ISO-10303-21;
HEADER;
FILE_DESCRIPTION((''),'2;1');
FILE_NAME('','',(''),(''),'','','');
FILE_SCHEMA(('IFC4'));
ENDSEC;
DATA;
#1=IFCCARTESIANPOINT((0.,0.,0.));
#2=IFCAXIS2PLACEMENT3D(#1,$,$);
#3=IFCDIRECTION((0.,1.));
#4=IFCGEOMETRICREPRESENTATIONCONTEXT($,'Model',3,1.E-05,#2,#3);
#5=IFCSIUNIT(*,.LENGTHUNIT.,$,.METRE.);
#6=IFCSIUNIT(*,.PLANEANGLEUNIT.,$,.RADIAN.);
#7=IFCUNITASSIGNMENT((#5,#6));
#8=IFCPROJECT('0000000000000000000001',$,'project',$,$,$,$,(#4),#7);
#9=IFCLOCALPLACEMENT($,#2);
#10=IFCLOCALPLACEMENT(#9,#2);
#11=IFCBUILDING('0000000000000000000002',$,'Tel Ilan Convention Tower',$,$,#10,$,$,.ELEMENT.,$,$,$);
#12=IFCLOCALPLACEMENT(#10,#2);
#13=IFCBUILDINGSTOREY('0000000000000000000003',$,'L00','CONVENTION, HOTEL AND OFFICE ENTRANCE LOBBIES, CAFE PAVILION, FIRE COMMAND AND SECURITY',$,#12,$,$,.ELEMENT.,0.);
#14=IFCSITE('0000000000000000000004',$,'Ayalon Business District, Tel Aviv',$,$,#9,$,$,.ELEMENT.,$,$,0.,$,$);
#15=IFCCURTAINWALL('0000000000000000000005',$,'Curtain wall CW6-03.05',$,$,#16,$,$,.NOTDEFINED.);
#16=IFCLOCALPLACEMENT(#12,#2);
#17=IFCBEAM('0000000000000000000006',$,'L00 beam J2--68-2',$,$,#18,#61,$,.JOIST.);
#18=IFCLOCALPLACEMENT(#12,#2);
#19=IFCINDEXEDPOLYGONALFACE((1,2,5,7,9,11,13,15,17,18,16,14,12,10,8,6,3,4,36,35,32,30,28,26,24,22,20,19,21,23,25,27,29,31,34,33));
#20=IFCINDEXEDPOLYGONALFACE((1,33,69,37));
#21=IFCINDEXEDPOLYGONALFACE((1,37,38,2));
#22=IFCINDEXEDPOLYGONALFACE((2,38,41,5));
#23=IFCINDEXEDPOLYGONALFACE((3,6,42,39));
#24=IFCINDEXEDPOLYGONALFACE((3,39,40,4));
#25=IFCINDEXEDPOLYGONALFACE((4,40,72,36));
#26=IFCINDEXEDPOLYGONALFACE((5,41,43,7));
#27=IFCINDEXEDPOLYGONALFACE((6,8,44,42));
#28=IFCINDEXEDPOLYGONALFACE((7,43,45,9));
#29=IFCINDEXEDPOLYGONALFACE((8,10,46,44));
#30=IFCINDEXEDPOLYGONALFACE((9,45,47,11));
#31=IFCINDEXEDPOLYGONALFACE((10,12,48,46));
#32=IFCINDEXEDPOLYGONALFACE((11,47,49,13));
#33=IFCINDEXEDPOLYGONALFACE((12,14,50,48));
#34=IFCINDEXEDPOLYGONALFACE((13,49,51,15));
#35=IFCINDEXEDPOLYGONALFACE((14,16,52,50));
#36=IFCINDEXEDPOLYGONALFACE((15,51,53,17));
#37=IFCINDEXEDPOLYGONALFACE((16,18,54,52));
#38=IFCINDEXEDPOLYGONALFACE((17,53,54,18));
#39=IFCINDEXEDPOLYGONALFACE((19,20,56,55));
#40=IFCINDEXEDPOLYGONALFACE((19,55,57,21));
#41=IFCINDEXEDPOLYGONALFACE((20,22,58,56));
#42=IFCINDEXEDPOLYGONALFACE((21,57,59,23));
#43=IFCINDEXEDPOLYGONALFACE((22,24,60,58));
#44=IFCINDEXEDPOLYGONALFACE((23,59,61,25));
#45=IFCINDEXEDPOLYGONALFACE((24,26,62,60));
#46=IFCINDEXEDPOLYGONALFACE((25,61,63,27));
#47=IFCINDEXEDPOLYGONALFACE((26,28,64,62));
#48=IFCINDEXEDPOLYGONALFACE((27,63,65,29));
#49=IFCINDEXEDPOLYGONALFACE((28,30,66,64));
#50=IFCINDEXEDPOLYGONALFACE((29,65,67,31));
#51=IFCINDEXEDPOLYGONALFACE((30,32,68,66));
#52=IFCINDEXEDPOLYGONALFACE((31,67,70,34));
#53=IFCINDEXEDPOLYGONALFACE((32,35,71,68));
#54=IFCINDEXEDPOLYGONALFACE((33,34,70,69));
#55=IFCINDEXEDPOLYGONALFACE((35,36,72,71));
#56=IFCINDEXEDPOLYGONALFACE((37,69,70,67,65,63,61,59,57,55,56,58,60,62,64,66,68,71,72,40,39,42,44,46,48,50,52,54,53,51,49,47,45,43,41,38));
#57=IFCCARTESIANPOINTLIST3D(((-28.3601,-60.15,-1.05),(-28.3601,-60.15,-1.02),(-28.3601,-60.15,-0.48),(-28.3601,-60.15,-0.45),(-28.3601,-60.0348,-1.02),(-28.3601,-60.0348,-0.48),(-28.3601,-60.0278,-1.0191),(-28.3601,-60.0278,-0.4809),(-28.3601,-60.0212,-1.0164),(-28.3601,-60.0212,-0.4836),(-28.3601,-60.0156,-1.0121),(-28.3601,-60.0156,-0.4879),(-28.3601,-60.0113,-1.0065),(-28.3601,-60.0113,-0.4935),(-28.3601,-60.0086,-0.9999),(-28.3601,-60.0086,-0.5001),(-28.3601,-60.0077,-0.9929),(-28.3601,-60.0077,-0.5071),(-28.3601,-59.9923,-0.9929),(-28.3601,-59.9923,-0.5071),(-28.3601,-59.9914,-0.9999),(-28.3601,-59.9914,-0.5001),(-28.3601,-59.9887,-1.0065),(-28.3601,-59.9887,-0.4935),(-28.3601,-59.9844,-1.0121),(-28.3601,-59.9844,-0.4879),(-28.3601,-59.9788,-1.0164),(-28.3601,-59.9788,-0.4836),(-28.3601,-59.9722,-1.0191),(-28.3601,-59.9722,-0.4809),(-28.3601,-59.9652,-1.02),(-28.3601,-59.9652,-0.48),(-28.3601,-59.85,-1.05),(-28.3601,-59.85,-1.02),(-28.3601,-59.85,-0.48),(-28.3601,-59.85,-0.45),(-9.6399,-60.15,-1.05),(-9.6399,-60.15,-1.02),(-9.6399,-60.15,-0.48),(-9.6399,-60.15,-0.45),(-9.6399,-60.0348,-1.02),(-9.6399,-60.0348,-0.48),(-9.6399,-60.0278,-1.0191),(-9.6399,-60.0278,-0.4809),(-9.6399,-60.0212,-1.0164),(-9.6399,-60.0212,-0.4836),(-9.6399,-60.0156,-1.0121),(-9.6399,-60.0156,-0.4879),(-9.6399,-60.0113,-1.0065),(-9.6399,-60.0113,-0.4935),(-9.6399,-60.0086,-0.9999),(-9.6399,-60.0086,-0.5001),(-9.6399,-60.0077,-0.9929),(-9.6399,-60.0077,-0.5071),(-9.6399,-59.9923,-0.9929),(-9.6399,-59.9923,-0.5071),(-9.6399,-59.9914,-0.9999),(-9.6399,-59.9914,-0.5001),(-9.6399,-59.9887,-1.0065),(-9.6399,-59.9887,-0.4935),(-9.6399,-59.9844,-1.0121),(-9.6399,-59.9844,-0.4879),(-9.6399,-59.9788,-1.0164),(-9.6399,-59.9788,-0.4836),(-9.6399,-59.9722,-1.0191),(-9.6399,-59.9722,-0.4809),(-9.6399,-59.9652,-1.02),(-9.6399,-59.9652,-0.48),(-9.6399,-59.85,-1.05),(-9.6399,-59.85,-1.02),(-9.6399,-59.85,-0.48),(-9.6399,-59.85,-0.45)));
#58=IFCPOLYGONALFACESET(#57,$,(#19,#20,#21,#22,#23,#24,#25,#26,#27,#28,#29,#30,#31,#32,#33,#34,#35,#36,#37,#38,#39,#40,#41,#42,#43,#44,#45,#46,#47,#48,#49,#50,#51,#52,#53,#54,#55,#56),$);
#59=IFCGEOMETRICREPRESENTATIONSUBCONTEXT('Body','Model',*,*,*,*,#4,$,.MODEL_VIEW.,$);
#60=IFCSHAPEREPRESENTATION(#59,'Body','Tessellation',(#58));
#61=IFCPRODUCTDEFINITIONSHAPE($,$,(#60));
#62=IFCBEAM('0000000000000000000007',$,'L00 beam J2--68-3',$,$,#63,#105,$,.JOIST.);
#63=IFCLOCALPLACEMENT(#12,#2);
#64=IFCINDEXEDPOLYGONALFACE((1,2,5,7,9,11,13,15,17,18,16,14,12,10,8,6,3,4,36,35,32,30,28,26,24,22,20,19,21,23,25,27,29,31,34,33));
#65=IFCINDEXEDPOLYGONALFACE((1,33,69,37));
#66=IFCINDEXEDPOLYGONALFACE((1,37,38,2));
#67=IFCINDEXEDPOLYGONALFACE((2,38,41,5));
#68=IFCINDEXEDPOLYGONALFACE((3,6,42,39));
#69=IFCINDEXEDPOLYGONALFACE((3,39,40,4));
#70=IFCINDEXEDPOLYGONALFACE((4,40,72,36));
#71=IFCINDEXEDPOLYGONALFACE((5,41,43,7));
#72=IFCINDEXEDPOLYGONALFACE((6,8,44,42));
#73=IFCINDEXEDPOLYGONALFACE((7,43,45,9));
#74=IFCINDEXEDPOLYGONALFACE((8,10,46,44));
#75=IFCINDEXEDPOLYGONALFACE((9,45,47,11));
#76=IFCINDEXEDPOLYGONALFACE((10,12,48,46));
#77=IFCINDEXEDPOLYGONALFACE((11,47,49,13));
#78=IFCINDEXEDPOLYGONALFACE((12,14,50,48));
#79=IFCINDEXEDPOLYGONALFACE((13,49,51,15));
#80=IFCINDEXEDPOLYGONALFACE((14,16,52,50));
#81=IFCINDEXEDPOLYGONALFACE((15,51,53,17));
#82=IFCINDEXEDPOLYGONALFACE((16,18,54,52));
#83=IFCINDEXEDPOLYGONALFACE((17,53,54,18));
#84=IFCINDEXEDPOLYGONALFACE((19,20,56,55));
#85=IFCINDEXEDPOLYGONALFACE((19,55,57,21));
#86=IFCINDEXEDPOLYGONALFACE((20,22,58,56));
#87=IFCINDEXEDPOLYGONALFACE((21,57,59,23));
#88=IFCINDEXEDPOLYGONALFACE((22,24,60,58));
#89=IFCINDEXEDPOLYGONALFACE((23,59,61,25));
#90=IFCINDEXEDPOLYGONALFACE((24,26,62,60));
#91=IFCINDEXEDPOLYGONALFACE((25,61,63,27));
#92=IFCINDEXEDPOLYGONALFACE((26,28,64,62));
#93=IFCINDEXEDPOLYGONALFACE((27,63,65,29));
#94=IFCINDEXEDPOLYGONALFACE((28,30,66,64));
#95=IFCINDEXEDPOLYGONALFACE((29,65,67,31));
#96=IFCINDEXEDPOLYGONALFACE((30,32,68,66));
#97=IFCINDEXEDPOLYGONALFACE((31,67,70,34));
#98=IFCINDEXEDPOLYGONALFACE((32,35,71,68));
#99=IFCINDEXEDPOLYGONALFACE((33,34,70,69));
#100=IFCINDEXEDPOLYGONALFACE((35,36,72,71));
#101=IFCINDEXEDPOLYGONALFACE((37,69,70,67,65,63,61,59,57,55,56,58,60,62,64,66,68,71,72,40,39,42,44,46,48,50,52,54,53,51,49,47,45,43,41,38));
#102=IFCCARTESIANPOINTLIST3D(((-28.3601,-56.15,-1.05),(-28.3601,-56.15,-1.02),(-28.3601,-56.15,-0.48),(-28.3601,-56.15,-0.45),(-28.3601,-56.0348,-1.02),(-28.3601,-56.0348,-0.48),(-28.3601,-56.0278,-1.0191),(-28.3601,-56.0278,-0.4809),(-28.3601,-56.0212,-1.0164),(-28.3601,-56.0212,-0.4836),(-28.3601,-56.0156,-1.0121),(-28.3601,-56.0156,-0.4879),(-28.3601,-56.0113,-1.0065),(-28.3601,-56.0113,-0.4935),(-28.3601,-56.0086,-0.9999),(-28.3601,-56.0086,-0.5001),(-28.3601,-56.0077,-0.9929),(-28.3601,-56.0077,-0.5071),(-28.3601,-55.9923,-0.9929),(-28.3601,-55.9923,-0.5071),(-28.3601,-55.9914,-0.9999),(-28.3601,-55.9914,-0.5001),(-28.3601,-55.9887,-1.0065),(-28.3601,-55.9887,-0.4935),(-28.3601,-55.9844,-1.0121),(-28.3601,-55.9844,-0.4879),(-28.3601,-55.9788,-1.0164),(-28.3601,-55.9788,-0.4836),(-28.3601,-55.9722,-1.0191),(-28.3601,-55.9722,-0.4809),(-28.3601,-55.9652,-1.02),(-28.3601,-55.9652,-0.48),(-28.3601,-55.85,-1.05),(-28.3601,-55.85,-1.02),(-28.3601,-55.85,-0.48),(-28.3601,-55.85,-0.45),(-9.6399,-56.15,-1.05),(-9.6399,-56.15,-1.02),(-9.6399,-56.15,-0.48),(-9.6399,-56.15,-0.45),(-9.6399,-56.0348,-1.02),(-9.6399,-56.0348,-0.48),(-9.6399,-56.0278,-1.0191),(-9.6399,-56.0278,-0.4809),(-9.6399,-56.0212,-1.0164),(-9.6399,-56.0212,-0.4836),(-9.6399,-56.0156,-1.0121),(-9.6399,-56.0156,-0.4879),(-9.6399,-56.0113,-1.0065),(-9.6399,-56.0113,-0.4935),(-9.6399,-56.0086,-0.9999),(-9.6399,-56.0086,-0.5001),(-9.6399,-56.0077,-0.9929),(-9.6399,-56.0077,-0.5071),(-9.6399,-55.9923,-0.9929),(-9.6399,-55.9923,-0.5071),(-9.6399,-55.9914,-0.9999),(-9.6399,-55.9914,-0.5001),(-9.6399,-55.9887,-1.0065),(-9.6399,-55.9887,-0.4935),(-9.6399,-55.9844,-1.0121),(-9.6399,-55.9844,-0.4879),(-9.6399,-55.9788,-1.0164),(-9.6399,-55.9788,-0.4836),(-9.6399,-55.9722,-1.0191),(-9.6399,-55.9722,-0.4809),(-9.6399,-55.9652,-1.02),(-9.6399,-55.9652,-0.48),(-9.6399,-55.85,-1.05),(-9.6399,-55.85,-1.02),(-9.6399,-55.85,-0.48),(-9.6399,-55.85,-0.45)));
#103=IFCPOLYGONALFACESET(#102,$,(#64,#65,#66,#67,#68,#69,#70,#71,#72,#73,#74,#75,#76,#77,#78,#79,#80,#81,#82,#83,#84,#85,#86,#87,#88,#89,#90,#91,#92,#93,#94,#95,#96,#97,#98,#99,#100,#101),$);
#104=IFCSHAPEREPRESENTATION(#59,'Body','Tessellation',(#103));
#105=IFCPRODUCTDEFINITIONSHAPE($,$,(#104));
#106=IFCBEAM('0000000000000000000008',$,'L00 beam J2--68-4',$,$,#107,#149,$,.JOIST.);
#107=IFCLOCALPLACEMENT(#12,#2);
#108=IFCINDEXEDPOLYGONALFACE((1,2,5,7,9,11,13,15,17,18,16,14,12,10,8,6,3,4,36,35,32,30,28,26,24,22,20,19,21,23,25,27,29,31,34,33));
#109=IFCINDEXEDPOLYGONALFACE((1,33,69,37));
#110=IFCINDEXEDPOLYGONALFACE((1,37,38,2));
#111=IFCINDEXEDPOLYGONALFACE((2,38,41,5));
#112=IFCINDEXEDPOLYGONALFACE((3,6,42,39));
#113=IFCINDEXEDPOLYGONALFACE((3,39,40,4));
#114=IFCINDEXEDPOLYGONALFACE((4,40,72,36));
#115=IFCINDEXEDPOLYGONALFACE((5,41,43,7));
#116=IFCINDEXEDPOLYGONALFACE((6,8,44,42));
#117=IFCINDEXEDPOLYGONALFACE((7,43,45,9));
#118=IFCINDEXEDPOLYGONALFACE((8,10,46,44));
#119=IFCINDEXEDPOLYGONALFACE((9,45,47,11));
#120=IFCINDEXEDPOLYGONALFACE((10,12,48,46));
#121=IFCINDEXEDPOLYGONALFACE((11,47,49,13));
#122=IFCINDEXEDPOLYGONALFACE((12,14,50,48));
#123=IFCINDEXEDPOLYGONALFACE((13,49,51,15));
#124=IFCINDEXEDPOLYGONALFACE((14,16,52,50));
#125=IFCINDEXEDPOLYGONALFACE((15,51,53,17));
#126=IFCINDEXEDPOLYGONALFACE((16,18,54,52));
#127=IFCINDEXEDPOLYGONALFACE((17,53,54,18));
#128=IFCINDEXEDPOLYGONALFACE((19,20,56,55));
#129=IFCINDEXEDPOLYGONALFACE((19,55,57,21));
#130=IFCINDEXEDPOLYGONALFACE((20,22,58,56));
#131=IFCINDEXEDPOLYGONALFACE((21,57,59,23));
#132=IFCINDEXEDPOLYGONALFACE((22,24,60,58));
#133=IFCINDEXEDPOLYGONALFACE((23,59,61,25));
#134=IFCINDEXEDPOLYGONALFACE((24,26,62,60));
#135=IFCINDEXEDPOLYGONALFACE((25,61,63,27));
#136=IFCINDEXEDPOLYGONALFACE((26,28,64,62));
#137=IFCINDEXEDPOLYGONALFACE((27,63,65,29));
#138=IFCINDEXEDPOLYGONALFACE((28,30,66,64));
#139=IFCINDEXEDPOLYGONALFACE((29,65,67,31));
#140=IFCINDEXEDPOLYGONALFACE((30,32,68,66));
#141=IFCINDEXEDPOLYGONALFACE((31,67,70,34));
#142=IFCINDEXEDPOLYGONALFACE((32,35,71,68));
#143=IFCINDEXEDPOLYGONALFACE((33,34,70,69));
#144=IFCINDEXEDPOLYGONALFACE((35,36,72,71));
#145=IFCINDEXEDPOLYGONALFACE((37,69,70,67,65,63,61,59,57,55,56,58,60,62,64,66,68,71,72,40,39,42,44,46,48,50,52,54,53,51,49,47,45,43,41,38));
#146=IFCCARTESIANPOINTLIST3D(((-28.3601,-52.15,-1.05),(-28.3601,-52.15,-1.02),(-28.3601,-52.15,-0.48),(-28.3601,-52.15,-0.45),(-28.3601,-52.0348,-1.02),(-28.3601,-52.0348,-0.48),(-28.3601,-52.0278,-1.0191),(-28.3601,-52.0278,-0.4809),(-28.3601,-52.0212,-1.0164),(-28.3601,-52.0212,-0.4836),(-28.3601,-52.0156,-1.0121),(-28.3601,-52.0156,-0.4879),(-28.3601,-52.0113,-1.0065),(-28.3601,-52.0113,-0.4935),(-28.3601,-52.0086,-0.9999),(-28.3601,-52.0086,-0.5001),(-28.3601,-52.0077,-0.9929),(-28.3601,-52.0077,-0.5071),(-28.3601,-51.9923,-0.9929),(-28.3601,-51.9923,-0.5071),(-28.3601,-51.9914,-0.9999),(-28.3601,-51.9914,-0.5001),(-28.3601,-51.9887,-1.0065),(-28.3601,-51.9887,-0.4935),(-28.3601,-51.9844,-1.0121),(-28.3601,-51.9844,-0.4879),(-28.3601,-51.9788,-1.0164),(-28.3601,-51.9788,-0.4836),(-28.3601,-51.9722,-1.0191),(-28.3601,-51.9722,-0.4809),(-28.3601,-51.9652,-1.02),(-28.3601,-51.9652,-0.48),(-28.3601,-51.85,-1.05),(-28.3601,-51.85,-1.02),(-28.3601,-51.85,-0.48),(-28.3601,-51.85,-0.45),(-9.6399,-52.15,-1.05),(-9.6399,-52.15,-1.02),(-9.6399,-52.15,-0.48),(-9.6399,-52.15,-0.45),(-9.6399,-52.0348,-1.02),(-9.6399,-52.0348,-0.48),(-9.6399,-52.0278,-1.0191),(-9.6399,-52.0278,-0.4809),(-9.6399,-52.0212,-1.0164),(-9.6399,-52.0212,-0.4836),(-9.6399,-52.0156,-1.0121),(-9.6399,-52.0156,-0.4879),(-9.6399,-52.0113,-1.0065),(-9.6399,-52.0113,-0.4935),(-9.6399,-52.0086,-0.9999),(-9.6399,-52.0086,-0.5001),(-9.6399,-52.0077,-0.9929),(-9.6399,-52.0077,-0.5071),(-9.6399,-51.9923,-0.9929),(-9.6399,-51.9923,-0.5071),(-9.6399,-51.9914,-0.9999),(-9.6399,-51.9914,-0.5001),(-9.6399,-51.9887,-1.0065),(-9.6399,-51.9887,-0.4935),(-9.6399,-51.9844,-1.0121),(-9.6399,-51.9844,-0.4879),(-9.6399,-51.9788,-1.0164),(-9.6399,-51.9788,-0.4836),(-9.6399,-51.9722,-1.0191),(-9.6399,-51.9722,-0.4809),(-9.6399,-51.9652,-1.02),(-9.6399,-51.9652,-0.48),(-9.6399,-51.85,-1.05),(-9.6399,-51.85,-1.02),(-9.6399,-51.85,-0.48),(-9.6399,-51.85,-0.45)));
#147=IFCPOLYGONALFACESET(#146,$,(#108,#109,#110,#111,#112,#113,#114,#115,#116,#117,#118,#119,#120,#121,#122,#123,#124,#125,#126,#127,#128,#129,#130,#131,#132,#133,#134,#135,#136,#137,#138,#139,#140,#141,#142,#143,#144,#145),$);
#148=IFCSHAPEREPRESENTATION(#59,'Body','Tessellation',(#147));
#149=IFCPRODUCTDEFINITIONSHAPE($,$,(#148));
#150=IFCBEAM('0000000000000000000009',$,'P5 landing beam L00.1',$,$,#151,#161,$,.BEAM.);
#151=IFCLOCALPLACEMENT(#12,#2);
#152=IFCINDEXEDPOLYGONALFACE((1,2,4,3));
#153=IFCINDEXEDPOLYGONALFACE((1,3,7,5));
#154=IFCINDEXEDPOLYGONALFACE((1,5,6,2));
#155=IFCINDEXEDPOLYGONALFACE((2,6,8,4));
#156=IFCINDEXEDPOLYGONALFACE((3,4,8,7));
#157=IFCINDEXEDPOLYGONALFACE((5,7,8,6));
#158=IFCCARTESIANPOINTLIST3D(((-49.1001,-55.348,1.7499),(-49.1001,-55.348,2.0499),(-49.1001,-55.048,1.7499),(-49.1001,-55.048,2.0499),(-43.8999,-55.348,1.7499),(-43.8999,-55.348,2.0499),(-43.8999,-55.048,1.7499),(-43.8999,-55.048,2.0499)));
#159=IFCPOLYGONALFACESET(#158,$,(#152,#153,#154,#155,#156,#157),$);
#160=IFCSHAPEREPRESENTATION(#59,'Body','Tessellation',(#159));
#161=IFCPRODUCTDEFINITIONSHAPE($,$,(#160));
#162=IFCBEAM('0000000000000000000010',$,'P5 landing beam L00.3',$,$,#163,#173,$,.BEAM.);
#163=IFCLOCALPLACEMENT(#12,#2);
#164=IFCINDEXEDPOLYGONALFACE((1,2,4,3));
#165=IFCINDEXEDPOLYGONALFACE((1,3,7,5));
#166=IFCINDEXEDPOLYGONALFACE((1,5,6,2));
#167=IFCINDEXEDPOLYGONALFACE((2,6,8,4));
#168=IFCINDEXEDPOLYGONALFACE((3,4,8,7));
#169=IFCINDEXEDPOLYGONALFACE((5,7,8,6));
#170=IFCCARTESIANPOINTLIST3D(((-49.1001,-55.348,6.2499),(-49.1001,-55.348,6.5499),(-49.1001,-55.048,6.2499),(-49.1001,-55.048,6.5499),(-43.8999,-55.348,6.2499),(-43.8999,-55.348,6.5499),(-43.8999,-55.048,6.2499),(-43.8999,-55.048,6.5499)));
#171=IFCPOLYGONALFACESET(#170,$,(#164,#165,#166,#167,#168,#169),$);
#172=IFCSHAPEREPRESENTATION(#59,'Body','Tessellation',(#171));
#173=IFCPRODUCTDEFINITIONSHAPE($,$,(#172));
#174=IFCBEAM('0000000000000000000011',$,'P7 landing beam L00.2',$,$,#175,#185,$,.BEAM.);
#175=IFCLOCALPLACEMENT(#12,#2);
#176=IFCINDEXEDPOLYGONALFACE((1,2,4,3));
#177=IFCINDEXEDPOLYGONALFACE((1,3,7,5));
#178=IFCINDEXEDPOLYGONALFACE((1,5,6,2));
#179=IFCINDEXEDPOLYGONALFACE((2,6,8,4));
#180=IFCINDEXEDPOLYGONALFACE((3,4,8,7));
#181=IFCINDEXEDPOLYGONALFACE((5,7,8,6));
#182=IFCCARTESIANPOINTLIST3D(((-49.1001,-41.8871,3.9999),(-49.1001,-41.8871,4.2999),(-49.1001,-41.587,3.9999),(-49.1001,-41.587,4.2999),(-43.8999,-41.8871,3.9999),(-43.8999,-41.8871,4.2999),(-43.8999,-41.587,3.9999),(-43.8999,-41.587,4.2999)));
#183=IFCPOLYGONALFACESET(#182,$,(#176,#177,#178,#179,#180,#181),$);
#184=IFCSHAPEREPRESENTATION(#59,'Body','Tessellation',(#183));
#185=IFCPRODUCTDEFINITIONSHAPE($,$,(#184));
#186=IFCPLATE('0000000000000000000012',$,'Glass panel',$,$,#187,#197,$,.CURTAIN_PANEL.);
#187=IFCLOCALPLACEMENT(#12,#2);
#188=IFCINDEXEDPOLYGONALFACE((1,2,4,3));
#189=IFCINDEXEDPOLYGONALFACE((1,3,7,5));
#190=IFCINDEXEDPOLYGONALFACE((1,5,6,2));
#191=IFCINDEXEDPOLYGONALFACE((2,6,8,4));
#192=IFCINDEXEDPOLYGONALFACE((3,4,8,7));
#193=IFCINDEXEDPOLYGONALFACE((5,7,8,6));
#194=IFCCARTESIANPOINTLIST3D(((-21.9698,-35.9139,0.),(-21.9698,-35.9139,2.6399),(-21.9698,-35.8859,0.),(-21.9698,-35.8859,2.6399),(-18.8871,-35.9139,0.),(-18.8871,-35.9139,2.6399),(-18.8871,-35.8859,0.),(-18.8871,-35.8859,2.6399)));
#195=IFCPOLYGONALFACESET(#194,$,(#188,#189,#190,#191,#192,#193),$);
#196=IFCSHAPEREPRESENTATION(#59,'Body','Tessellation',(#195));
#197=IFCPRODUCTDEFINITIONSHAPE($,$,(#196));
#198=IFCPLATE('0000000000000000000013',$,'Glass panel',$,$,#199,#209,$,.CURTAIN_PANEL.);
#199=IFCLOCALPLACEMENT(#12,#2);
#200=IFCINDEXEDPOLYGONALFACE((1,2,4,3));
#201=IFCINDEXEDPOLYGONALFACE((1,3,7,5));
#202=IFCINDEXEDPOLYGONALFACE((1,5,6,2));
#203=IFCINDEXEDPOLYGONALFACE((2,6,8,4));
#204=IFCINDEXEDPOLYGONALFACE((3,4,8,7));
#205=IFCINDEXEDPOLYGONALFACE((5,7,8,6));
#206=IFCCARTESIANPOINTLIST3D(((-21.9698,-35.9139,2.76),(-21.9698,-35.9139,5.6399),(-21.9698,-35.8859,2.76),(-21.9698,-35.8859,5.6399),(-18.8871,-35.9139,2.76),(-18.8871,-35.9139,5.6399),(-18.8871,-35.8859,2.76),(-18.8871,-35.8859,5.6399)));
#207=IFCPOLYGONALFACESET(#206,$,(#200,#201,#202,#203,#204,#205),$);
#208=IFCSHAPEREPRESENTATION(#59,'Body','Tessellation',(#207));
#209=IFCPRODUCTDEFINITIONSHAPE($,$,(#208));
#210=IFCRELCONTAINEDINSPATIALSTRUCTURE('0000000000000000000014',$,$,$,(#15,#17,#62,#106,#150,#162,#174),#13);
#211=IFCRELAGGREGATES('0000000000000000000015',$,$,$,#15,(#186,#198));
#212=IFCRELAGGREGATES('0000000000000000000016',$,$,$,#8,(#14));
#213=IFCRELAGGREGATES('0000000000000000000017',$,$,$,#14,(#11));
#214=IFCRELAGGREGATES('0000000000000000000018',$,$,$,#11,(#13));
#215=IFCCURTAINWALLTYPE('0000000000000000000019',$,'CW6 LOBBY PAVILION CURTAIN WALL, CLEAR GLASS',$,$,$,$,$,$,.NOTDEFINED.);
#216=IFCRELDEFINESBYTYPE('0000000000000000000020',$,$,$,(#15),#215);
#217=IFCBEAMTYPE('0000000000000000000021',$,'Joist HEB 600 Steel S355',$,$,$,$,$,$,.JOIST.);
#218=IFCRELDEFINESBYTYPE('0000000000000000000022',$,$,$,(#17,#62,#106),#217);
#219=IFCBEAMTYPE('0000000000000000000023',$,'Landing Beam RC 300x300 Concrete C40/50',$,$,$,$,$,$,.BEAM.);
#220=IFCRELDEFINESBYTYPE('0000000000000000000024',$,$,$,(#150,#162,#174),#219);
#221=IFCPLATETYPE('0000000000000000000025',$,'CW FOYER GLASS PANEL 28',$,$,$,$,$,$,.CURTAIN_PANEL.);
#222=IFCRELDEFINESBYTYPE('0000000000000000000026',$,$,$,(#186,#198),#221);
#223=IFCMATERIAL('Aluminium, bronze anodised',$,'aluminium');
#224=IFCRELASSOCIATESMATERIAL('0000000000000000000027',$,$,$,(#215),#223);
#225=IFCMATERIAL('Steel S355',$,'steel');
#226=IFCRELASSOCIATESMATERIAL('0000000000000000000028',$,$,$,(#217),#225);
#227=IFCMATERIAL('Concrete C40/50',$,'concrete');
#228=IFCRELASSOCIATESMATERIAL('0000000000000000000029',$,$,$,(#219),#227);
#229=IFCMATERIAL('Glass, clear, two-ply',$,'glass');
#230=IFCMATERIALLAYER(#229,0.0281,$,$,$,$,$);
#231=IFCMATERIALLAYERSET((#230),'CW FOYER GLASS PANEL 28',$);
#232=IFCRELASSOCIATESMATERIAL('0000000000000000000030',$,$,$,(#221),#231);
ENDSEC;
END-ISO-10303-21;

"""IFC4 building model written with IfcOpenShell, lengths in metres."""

from ifc_helpers import new_model, si_unit, direction, frame, origin, origin_2d, place, context, subcontext, project, spatial, rectangle, i_section, extrude, material, layer, layer_set, material_profile, profile_set, type_object, element, aggregate, save


model = new_model("IFC4")

# Units and contexts
model_context = context("Model", 3, precision=1e-05, world=origin(), true_north=direction((0.0, 1.0)))
body_context = subcontext(model_context, "Body", "Model", "MODEL_VIEW")
ifc_project = project(units=[si_unit("LENGTHUNIT", "METRE"), si_unit("PLANEANGLEUNIT", "RADIAN")], contexts=[model_context])

# Site, building, storey
site_placement = place(None, origin())
site = spatial("IfcSite", under=ifc_project, at=site_placement, Name="Ayalon Business District, Tel Aviv", CompositionType="ELEMENT", RefElevation=0.0)
building_placement = place(site_placement, origin())
building = spatial("IfcBuilding", under=site, at=building_placement, Name="Tel Ilan Convention Tower", CompositionType="ELEMENT")
storey_placement = place(building_placement, origin())
storey = spatial("IfcBuildingStorey", under=building, at=storey_placement, Name="L00", Description="CONVENTION, HOTEL AND OFFICE ENTRANCE LOBBIES, CAFE PAVILION, FIRE COMMAND AND SECURITY", CompositionType="ELEMENT", Elevation=0.0)

# Curtain wall
ifc_material_1 = material(Name="Aluminium, bronze anodised", Category="aluminium")
curtain_wall_type = type_object("IfcCurtainWallType", Name="CW6 LOBBY PAVILION CURTAIN WALL, CLEAR GLASS", PredefinedType="NOTDEFINED", material=ifc_material_1)
curtain_wall_1_placement = place(storey_placement, origin())
curtain_wall_1 = element("IfcCurtainWall", 1, at=curtain_wall_1_placement, inside=storey, type_object=curtain_wall_type, Name="Curtain wall CW6-03.05", PredefinedType="NOTDEFINED")

# Beams
ifc_material_2 = material(Name="Steel S355", Category="steel")
ifc_material_profile_1 = material_profile(ifc_material_2, i_section(OverallWidth=0.3, OverallDepth=0.6001, WebThickness=0.0154, FlangeThickness=0.03, FilletRadius=0.0271, at=origin_2d()), Name="HEB 600")
ifc_profile_set_1 = profile_set([ifc_material_profile_1], Name="Steel S355")
beam_type_1 = type_object("IfcBeamType", Name="Joist HEB 600 Steel S355", PredefinedType="JOIST", material=ifc_profile_set_1)
for number, where, z_axis, x_axis, name in (
    (2, (-28.3601, -60.0, -0.75), (1.0, 0.0, 0.0), (0.0, 1.0, 0.0), "L00 beam J2--68-2"),
    (3, (-28.3601, -56.0, -0.75), (1.0, 0.0, 0.0), (0.0, 1.0, 0.0), "L00 beam J2--68-3"),
    (4, (-28.3601, -52.0, -0.75), (1.0, 0.0, 0.0), (0.0, 1.0, 0.0), "L00 beam J2--68-4"),
):
    element("IfcBeam", number, at=place(storey_placement, frame(where, z_axis=z_axis, x_axis=x_axis)), inside=storey, type_object=beam_type_1, Name=name, PredefinedType="JOIST", context=body_context, shape_type="SweptSolid", body=[
        extrude(i_section(OverallWidth=0.3, OverallDepth=0.6001, WebThickness=0.0154, FlangeThickness=0.03, FilletRadius=0.0271, at=origin_2d()), origin(), (0.0, 0.0, 1.0), 18.7202),
    ])
ifc_material_3 = material(Name="Concrete C40/50", Category="concrete")
ifc_material_profile_2 = material_profile(ifc_material_3, rectangle(XDim=0.3, YDim=0.3, at=origin_2d()), Name="RC 300x300")
ifc_profile_set_2 = profile_set([ifc_material_profile_2], Name="Concrete C40/50")
beam_type_2 = type_object("IfcBeamType", Name="Landing Beam RC 300x300 Concrete C40/50", PredefinedType="BEAM", material=ifc_profile_set_2)
for number, where, z_axis, x_axis, name in (
    (5, (-43.8999, -55.198, 1.8999), (-1.0, 0.0, 0.0), (0.0, -1.0, 0.0), "P5 landing beam L00.1"),
    (6, (-43.8999, -55.198, 6.3999), (-1.0, 0.0, 0.0), (0.0, -1.0, 0.0), "P5 landing beam L00.3"),
    (7, (-43.8999, -41.7371, 4.1499), (-1.0, 0.0, 0.0), (0.0, -1.0, 0.0), "P7 landing beam L00.2"),
):
    element("IfcBeam", number, at=place(storey_placement, frame(where, z_axis=z_axis, x_axis=x_axis)), inside=storey, type_object=beam_type_2, Name=name, PredefinedType="BEAM", context=body_context, shape_type="SweptSolid", body=[
        extrude(rectangle(XDim=0.3, YDim=0.3, at=origin_2d()), origin(), (0.0, 0.0, 1.0), 5.2002),
    ])

# Plates
ifc_material_4 = material(Name="Glass, clear, two-ply", Category="glass")
ifc_layer_1 = layer(ifc_material_4, 0.0281)
ifc_layer_set_1 = layer_set([ifc_layer_1], Name="CW FOYER GLASS PANEL 28")
plate_type = type_object("IfcPlateType", Name="CW FOYER GLASS PANEL 28", PredefinedType="CURTAIN_PANEL", material=ifc_layer_set_1)
plate_1_placement = place(storey_placement, frame((-20.4285, -35.8999, 0.0), z_axis=(0.0, 0.0, 1.0), x_axis=(-1.0, 0.0, 0.0)))
plate_1 = element("IfcPlate", 8, at=plate_1_placement, type_object=plate_type, Name="Glass panel", PredefinedType="CURTAIN_PANEL", context=body_context, shape_type="SweptSolid", body=[
    extrude(rectangle(XDim=3.0828, YDim=0.0281, at=origin_2d()), origin(), (0.0, 0.0, 1.0), 2.6399),
])
plate_2_placement = place(storey_placement, frame((-20.4285, -35.8999, 2.76), z_axis=(0.0, 0.0, 1.0), x_axis=(-1.0, 0.0, 0.0)))
plate_2 = element("IfcPlate", 9, at=plate_2_placement, type_object=plate_type, Name="Glass panel", PredefinedType="CURTAIN_PANEL", context=body_context, shape_type="SweptSolid", body=[
    extrude(rectangle(XDim=3.0828, YDim=0.0281, at=origin_2d()), origin(), (0.0, 0.0, 1.0), 2.8799),
])
aggregate(curtain_wall_1, [plate_1, plate_2])

save(model, "model.ifc")
